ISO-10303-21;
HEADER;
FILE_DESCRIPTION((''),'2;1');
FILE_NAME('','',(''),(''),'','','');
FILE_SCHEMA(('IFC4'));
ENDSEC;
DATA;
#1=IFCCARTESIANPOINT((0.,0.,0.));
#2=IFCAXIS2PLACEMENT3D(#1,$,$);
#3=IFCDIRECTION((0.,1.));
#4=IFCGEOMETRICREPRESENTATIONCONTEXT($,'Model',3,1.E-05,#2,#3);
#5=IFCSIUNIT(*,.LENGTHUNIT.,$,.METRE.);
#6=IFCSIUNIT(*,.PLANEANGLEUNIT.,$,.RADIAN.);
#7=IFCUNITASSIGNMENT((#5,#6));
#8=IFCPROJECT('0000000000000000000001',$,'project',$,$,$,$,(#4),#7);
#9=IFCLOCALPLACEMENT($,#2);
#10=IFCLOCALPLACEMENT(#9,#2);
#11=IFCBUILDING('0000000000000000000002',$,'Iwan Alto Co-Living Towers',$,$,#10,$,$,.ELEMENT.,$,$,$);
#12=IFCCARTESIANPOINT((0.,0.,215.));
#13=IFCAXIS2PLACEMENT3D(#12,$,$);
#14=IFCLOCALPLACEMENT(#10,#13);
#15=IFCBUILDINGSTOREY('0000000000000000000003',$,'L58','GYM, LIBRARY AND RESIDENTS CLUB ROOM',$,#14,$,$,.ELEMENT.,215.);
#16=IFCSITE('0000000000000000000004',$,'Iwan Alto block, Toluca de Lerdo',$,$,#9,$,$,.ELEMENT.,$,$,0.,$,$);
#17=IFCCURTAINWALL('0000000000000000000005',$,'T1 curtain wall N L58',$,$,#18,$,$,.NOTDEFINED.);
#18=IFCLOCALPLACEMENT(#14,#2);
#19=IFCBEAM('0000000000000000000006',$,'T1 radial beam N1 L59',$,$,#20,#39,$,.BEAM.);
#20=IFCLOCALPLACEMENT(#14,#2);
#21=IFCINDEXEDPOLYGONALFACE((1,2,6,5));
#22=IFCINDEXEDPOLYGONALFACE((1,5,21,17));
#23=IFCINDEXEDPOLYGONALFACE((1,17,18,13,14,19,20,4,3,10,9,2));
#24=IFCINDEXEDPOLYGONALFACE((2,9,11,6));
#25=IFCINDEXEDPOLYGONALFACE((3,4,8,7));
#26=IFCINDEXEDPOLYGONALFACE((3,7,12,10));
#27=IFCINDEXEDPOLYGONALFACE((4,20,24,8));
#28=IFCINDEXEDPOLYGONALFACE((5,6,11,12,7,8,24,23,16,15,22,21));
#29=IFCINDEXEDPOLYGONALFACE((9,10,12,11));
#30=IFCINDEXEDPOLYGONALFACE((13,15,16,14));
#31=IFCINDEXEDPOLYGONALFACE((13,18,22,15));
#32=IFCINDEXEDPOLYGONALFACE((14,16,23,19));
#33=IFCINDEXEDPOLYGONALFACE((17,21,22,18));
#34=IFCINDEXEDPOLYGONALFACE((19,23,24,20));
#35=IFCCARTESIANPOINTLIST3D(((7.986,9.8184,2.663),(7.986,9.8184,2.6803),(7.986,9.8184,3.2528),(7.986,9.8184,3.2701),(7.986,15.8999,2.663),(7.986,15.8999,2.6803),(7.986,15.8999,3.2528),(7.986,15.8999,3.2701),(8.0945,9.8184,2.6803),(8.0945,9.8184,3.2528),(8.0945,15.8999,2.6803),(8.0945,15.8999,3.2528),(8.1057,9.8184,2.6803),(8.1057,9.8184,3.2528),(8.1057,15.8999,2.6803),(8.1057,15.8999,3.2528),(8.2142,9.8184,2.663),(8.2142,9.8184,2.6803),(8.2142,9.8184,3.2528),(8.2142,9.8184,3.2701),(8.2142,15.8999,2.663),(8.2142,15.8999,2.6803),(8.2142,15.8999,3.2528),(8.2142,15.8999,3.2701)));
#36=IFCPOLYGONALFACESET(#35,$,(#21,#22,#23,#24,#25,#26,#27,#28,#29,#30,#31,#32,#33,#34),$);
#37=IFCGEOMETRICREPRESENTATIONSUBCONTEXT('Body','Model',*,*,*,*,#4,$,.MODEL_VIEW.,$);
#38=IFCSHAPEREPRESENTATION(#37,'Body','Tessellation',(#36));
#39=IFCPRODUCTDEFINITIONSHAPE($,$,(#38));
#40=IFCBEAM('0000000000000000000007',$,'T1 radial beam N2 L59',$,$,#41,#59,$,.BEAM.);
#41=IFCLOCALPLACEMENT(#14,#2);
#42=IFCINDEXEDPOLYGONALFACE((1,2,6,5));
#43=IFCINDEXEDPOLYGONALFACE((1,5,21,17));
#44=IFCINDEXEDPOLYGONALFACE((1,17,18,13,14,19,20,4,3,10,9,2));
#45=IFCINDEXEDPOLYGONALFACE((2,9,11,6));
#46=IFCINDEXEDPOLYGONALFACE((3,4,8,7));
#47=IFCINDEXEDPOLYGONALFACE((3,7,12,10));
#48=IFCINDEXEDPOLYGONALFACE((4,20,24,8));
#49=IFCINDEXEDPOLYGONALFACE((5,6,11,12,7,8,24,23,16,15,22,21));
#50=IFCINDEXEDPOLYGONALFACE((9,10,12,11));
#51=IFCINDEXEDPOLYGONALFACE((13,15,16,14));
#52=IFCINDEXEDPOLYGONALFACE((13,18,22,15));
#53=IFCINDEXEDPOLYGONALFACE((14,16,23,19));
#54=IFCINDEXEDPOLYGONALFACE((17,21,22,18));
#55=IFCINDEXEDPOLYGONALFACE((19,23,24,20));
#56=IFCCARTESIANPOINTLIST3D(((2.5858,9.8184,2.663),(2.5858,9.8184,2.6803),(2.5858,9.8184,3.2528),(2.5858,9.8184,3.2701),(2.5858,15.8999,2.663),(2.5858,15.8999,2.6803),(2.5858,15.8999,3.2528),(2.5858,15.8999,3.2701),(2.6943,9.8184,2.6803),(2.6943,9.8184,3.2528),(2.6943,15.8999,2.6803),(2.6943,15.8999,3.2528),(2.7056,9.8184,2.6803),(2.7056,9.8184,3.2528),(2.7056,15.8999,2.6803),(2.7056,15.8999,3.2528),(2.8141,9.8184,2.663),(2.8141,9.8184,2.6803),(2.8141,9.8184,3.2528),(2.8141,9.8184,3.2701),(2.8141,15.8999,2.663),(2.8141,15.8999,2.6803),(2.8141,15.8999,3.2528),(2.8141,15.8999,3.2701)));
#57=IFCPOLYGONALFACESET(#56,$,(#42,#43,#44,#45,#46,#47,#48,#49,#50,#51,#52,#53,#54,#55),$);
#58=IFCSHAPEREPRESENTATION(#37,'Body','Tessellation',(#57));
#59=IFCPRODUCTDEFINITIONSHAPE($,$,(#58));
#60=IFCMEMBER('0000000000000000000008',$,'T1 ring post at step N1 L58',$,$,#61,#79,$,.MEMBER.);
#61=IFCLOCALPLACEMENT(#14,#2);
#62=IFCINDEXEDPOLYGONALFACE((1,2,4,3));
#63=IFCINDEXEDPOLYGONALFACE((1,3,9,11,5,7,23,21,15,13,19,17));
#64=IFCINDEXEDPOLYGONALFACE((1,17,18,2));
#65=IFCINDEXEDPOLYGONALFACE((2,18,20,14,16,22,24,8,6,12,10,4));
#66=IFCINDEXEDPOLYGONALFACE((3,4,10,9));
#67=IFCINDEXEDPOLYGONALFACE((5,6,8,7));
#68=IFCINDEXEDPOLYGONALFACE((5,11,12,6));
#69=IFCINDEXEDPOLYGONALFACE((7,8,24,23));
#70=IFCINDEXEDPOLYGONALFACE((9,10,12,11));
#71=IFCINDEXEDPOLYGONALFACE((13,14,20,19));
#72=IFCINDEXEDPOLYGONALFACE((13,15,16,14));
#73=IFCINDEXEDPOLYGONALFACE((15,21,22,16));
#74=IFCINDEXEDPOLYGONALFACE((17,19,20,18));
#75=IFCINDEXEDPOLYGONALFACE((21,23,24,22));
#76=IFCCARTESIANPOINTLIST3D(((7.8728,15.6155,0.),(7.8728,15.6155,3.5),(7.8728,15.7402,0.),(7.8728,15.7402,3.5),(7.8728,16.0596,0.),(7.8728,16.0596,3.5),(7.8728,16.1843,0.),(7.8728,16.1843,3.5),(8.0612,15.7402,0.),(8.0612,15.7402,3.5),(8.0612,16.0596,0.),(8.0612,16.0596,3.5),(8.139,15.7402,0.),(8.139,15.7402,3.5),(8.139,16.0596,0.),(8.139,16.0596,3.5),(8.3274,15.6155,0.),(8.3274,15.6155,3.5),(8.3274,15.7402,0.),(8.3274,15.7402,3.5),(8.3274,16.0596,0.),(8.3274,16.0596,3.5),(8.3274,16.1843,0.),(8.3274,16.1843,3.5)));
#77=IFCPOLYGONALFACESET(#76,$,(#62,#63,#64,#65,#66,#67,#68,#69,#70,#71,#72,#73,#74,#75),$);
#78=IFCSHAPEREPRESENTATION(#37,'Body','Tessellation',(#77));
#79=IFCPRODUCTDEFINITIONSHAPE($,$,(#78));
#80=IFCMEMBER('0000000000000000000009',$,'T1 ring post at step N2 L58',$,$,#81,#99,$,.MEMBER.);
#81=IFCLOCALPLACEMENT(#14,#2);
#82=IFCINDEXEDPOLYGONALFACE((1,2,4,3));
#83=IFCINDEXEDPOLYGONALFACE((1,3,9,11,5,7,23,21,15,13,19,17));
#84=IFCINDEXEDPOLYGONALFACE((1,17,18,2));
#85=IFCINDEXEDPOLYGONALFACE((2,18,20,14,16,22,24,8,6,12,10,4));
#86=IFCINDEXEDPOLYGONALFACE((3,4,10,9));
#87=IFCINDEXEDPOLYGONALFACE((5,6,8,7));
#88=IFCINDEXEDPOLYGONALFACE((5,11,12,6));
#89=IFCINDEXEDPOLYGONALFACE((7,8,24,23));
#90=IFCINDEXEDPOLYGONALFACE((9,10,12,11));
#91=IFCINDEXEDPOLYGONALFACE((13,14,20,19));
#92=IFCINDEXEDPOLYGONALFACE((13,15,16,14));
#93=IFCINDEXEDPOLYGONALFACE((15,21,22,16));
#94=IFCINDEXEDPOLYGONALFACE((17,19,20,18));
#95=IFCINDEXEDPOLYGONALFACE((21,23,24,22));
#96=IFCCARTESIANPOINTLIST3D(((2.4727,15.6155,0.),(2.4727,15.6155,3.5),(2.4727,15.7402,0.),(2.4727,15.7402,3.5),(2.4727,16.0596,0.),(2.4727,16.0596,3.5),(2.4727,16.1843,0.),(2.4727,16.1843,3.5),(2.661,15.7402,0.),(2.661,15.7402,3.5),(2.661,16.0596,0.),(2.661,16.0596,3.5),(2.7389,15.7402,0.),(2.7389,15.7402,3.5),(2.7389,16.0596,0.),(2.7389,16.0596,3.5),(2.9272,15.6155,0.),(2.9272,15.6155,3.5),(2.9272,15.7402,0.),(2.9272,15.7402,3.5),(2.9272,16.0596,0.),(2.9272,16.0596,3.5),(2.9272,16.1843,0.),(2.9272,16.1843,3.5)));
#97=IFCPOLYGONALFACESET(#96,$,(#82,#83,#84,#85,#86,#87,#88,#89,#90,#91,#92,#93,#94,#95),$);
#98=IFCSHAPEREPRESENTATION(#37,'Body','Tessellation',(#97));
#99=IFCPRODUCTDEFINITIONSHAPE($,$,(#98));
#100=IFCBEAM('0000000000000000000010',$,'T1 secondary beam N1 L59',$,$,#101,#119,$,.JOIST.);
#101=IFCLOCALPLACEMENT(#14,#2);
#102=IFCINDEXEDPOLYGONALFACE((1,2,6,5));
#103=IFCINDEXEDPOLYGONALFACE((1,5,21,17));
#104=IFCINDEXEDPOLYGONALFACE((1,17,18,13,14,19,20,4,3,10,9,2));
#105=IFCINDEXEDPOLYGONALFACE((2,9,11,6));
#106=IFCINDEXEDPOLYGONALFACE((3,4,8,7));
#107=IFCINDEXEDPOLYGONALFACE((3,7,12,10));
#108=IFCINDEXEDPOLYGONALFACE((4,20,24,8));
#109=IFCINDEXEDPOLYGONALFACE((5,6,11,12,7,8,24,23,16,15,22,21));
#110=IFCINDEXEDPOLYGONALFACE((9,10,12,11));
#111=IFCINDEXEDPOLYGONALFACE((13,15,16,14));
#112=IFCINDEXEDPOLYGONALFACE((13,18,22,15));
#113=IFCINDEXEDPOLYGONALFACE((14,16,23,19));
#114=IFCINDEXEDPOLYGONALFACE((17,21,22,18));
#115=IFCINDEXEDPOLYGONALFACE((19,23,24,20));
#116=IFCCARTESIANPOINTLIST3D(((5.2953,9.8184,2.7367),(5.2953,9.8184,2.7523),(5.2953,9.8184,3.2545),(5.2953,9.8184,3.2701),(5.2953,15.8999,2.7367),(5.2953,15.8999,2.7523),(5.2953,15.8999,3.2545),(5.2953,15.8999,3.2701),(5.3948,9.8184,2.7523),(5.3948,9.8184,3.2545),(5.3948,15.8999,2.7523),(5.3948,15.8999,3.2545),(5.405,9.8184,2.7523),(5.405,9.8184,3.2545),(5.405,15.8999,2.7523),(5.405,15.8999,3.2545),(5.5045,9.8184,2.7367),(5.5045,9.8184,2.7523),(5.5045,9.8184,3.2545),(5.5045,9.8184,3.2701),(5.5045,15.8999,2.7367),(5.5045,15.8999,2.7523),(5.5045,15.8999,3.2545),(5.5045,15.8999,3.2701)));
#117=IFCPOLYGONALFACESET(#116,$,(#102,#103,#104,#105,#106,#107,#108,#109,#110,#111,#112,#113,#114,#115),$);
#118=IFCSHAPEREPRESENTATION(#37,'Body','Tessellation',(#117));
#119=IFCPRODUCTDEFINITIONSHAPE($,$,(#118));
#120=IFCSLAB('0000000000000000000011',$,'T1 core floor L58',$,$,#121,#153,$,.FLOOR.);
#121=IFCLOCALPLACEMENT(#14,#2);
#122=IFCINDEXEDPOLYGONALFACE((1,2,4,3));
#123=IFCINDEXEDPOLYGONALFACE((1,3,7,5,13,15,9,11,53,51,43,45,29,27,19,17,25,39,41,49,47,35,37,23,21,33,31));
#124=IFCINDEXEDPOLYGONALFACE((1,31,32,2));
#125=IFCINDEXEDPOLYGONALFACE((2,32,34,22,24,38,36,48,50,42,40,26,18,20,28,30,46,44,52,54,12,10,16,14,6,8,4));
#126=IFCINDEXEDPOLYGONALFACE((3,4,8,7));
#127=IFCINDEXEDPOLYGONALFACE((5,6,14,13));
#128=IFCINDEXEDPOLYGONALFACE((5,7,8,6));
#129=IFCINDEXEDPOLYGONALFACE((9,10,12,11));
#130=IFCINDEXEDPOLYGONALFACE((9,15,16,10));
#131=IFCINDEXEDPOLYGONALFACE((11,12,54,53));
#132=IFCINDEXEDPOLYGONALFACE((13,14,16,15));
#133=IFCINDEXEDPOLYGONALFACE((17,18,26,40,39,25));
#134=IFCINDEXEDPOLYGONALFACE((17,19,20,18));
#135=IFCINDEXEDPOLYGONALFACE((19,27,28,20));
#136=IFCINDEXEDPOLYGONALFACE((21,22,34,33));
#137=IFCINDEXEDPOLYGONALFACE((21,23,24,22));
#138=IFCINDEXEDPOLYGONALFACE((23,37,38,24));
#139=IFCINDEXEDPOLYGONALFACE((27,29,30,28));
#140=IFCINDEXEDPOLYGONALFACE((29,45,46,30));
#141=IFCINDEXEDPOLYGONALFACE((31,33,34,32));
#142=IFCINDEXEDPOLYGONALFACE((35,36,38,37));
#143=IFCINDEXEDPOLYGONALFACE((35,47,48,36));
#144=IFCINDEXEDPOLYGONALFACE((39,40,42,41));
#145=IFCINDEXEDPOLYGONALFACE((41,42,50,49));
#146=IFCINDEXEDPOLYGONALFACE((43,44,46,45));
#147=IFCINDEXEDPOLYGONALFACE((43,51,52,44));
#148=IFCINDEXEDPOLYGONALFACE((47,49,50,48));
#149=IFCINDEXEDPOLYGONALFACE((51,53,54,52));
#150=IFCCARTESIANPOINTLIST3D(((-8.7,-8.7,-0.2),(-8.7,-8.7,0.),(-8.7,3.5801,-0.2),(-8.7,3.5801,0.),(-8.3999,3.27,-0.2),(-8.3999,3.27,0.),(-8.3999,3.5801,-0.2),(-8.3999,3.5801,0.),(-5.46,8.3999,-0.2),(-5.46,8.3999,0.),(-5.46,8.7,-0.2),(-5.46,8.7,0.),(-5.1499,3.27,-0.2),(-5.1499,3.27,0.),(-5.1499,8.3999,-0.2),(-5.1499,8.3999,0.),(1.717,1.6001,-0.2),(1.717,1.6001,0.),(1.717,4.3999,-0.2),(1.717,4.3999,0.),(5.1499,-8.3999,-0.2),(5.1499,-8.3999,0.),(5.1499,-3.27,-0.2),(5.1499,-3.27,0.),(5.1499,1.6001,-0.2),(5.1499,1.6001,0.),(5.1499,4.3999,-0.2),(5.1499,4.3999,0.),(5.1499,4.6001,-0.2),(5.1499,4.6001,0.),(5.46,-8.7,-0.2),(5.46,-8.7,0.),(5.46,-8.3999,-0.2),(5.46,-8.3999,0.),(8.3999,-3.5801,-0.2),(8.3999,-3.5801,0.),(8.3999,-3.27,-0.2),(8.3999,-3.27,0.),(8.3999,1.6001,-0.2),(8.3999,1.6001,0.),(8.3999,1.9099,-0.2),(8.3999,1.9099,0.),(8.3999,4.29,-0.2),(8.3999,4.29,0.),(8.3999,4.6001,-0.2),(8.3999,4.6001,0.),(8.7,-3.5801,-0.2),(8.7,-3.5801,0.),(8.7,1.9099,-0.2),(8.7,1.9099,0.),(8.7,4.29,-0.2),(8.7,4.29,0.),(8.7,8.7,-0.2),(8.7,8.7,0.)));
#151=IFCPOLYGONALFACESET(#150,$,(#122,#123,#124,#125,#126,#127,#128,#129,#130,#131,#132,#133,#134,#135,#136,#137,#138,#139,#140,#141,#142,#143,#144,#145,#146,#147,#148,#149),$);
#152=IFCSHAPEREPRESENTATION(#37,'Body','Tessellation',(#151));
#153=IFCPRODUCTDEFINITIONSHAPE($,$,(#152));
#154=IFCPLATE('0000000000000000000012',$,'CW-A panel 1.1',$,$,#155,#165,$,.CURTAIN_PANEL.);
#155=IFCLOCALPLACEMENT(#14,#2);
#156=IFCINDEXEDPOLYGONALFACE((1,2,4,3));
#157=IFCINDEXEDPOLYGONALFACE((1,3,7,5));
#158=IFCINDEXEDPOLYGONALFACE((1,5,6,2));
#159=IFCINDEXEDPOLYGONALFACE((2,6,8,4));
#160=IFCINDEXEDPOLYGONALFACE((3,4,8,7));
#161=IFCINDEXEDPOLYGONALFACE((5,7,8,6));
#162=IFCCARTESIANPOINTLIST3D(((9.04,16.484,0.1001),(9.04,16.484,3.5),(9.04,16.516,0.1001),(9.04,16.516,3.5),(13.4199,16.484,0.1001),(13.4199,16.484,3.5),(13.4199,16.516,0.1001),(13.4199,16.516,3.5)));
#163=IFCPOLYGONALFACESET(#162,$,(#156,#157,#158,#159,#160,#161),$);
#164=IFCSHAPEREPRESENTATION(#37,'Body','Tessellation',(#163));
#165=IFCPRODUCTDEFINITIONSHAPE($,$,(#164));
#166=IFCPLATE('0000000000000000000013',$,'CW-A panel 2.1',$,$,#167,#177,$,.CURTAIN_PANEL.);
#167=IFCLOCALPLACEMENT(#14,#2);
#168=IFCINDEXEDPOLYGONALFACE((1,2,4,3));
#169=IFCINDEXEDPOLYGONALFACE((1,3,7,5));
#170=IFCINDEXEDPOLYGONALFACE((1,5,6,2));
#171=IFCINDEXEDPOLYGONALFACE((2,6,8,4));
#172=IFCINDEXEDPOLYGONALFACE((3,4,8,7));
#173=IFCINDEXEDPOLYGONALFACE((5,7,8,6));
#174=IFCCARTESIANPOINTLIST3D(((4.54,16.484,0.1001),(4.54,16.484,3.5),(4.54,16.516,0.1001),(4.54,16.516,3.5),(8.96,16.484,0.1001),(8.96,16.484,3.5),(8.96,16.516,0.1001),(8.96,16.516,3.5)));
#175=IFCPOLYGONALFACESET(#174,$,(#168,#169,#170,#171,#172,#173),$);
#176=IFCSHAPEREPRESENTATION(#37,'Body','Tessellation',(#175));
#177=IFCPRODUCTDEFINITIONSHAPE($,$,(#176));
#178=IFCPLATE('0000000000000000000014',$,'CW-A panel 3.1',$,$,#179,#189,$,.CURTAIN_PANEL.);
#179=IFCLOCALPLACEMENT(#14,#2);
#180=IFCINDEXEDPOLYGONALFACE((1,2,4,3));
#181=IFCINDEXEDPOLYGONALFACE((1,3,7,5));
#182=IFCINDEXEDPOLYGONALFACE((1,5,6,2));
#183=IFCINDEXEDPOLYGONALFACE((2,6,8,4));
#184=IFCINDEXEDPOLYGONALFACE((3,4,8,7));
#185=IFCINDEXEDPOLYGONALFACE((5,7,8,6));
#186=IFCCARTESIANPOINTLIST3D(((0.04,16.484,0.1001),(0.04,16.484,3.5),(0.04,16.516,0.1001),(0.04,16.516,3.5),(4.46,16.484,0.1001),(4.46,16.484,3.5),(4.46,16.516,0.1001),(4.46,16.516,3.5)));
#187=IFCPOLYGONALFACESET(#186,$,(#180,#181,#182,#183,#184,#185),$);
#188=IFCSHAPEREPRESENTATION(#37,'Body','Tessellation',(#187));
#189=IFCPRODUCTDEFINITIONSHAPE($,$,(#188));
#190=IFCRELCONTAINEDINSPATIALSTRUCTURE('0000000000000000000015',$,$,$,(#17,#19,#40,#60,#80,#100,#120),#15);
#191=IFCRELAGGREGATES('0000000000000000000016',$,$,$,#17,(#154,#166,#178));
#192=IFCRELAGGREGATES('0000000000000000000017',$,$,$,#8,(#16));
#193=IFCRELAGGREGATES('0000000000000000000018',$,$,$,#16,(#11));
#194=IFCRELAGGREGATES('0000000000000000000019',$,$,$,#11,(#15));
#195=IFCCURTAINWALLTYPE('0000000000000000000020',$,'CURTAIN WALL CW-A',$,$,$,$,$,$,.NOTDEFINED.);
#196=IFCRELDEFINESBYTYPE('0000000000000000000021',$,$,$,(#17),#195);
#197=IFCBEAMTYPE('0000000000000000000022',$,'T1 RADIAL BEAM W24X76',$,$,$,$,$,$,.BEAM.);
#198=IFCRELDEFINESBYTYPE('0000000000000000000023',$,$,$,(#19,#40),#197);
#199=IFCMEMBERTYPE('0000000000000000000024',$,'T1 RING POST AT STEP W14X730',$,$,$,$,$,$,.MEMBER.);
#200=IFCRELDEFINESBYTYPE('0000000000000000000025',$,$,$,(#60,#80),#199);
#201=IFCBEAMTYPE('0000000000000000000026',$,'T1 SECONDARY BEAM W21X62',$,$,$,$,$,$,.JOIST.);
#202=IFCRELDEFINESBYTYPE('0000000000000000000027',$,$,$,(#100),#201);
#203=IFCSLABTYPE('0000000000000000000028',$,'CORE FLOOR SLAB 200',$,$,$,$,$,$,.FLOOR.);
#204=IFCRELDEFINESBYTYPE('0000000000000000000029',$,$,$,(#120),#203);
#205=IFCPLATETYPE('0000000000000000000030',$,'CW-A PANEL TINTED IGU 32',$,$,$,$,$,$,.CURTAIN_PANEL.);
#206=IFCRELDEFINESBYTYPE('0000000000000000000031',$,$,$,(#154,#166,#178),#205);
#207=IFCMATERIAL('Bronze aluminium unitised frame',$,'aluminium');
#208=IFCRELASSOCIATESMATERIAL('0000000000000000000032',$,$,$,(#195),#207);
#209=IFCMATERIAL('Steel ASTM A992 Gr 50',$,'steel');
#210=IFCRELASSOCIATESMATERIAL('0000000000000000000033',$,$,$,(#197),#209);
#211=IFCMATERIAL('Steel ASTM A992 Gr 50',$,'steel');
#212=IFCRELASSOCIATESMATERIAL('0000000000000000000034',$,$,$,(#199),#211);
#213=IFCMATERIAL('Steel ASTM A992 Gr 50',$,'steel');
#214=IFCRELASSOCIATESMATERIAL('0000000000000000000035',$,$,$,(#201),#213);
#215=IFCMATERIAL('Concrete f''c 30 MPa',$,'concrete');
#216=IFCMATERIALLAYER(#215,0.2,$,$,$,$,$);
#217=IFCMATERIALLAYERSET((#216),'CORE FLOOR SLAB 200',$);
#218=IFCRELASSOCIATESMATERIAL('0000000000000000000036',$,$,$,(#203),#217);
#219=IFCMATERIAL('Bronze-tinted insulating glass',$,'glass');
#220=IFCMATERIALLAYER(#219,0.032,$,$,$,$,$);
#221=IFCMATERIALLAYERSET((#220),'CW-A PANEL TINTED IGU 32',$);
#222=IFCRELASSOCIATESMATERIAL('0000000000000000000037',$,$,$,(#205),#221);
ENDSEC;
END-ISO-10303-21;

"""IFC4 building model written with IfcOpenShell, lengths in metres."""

from ifc_helpers import new_model, si_unit, direction, frame, origin, origin_2d, place, context, subcontext, project, spatial, polyline, rectangle, i_section, outline, extrude, material, layer, layer_set, material_profile, profile_set, type_object, element, aggregate, save


model = new_model("IFC4")

# Units and contexts
model_context = context("Model", 3, precision=1e-05, world=origin(), true_north=direction((0.0, 1.0)))
body_context = subcontext(model_context, "Body", "Model", "MODEL_VIEW")
ifc_project = project(units=[si_unit("LENGTHUNIT", "METRE"), si_unit("PLANEANGLEUNIT", "RADIAN")], contexts=[model_context])

# Site, building, storey
site_placement = place(None, origin())
site = spatial("IfcSite", under=ifc_project, at=site_placement, Name="Iwan Alto block, Toluca de Lerdo", CompositionType="ELEMENT", RefElevation=0.0)
building_placement = place(site_placement, origin())
building = spatial("IfcBuilding", under=site, at=building_placement, Name="Iwan Alto Co-Living Towers", CompositionType="ELEMENT")
storey_placement = place(building_placement, frame((0.0, 0.0, 215.0)))
storey = spatial("IfcBuildingStorey", under=building, at=storey_placement, Name="L58", Description="GYM, LIBRARY AND RESIDENTS CLUB ROOM", CompositionType="ELEMENT", Elevation=215.0)

# Curtain wall
ifc_material_1 = material(Name="Bronze aluminium unitised frame", Category="aluminium")
curtain_wall_type_1 = type_object("IfcCurtainWallType", Name="CURTAIN WALL CW-A", PredefinedType="NOTDEFINED", material=ifc_material_1)
curtain_wall_1_placement = place(storey_placement, origin())
curtain_wall_1 = element("IfcCurtainWall", 1, at=curtain_wall_1_placement, inside=storey, type_object=curtain_wall_type_1, Name="T1 curtain wall N L58", PredefinedType="NOTDEFINED")

# Beams
ifc_material_2 = material(Name="Steel ASTM A992 Gr 50", Category="steel")
ifc_material_profile_1 = material_profile(ifc_material_2, i_section(OverallWidth=0.2283, OverallDepth=0.6072, WebThickness=0.0112, FlangeThickness=0.0173, at=origin_2d()), Name="W24X76")
ifc_profile_set_1 = profile_set([ifc_material_profile_1], Name="Steel ASTM A992 Gr 50")
beam_type_1 = type_object("IfcBeamType", Name="T1 RADIAL BEAM W24X76", PredefinedType="BEAM", material=ifc_profile_set_1)
for number, where, z_axis, x_axis, name in (
    (2, (8.1001, 15.8999, 2.9666), (0.0, -1.0, 0.0), (1.0, 0.0, 0.0), "T1 radial beam N1 L59"),
    (3, (2.7, 15.8999, 2.9666), (0.0, -1.0, 0.0), (1.0, 0.0, 0.0), "T1 radial beam N2 L59"),
):
    element("IfcBeam", number, at=place(storey_placement, frame(where, z_axis=z_axis, x_axis=x_axis)), inside=storey, type_object=beam_type_1, Name=name, PredefinedType="BEAM", context=body_context, shape_type="SweptSolid", body=[
        extrude(i_section(OverallWidth=0.2283, OverallDepth=0.6072, WebThickness=0.0112, FlangeThickness=0.0173, at=origin_2d()), origin(), (0.0, 0.0, 1.0), 6.0815),
    ])

# Members
ifc_material_3 = material(Name="Steel ASTM A992 Gr 50", Category="steel")
ifc_material_profile_2 = material_profile(ifc_material_3, i_section(OverallWidth=0.4546, OverallDepth=0.5688, WebThickness=0.0779, FlangeThickness=0.1248, at=origin_2d()), Name="W14X730")
ifc_profile_set_2 = profile_set([ifc_material_profile_2], Name="Steel ASTM A992 Gr 50")
member_type_1 = type_object("IfcMemberType", Name="T1 RING POST AT STEP W14X730", PredefinedType="MEMBER", material=ifc_profile_set_2)
for number, where, z_axis, x_axis, name in (
    (4, (8.1001, 15.8999, 0.0), (0.0, 0.0, 1.0), (1.0, 0.0, 0.0), "T1 ring post at step N1 L58"),
    (5, (2.7, 15.8999, 0.0), (0.0, 0.0, 1.0), (1.0, 0.0, 0.0), "T1 ring post at step N2 L58"),
):
    element("IfcMember", number, at=place(storey_placement, frame(where, z_axis=z_axis, x_axis=x_axis)), inside=storey, type_object=member_type_1, Name=name, PredefinedType="MEMBER", context=body_context, shape_type="SweptSolid", body=[
        extrude(i_section(OverallWidth=0.4546, OverallDepth=0.5688, WebThickness=0.0779, FlangeThickness=0.1248, at=origin_2d()), origin(), (0.0, 0.0, 1.0), 3.5),
    ])

# Beam
ifc_material_4 = material(Name="Steel ASTM A992 Gr 50", Category="steel")
ifc_material_profile_3 = material_profile(ifc_material_4, i_section(OverallWidth=0.2092, OverallDepth=0.5334, WebThickness=0.0103, FlangeThickness=0.0156, at=origin_2d()), Name="W21X62")
ifc_profile_set_3 = profile_set([ifc_material_profile_3], Name="Steel ASTM A992 Gr 50")
beam_type_2 = type_object("IfcBeamType", Name="T1 SECONDARY BEAM W21X62", PredefinedType="JOIST", material=ifc_profile_set_3)
beam_1_placement = place(storey_placement, frame((5.3999, 15.8999, 3.0034), z_axis=(0.0, -1.0, 0.0), x_axis=(1.0, 0.0, 0.0)))
element("IfcBeam", 6, at=beam_1_placement, inside=storey, type_object=beam_type_2, Name="T1 secondary beam N1 L59", PredefinedType="JOIST", context=body_context, shape_type="SweptSolid", body=[
    extrude(i_section(OverallWidth=0.2092, OverallDepth=0.5334, WebThickness=0.0103, FlangeThickness=0.0156, at=origin_2d()), origin(), (0.0, 0.0, 1.0), 6.0815),
])

# Slab
ifc_material_5 = material(Name="Concrete f'c 30 MPa", Category="concrete")
ifc_layer_1 = layer(ifc_material_5, 0.2)
ifc_layer_set_1 = layer_set([ifc_layer_1], Name="CORE FLOOR SLAB 200")
slab_type_1 = type_object("IfcSlabType", Name="CORE FLOOR SLAB 200", PredefinedType="FLOOR", material=ifc_layer_set_1)
slab_1_placement = place(storey_placement, frame((0.0, 0.0, -0.2)))
element("IfcSlab", 7, at=slab_1_placement, inside=storey, type_object=slab_type_1, Name="T1 core floor L58", PredefinedType="FLOOR", context=body_context, shape_type="SweptSolid", body=[
    extrude(outline(polyline([(-8.7, 3.5801), (-8.3999, 3.5801), (-8.3999, 3.27), (-5.1499, 3.27), (-5.1499, 8.3999), (-5.46, 8.3999), (-5.46, 8.7), (8.7, 8.7), (8.7, 4.29), (8.3999, 4.29), (8.3999, 4.6001), (5.1499, 4.6001), (5.1499, 4.3999), (1.717, 4.3999), (1.717, 1.6001), (5.1499, 1.6001), (8.3999, 1.6001), (8.3999, 1.9099), (8.7, 1.9099), (8.7, -3.5801), (8.3999, -3.5801), (8.3999, -3.27), (5.1499, -3.27), (5.1499, -8.3999), (5.46, -8.3999), (5.46, -8.7), (-8.7, -8.7), (-8.7, 3.5801)])), origin(), (0.0, 0.0, 1.0), 0.2),
])

# Plates
ifc_material_6 = material(Name="Bronze-tinted insulating glass", Category="glass")
ifc_layer_2 = layer(ifc_material_6, 0.032)
ifc_layer_set_2 = layer_set([ifc_layer_2], Name="CW-A PANEL TINTED IGU 32")
plate_type_1 = type_object("IfcPlateType", Name="CW-A PANEL TINTED IGU 32", PredefinedType="CURTAIN_PANEL", material=ifc_layer_set_2)
plate_1_placement = place(storey_placement, frame((11.23, 16.5, 0.1001), z_axis=(0.0, 0.0, 1.0), x_axis=(-1.0, 0.0, 0.0)))
plate_1 = element("IfcPlate", 8, at=plate_1_placement, type_object=plate_type_1, Name="CW-A panel 1.1", PredefinedType="CURTAIN_PANEL", context=body_context, shape_type="SweptSolid", body=[
    extrude(rectangle(XDim=4.3799, YDim=0.032, at=origin_2d()), origin(), (0.0, 0.0, 1.0), 3.3999),
])
plate_2_placement = place(storey_placement, frame((6.75, 16.5, 0.1001), z_axis=(0.0, 0.0, 1.0), x_axis=(-1.0, 0.0, 0.0)))
plate_2 = element("IfcPlate", 9, at=plate_2_placement, type_object=plate_type_1, Name="CW-A panel 2.1", PredefinedType="CURTAIN_PANEL", context=body_context, shape_type="SweptSolid", body=[
    extrude(rectangle(XDim=4.4199, YDim=0.032, at=origin_2d()), origin(), (0.0, 0.0, 1.0), 3.3999),
])
plate_3_placement = place(storey_placement, frame((2.25, 16.5, 0.1001), z_axis=(0.0, 0.0, 1.0), x_axis=(-1.0, 0.0, 0.0)))
plate_3 = element("IfcPlate", 10, at=plate_3_placement, type_object=plate_type_1, Name="CW-A panel 3.1", PredefinedType="CURTAIN_PANEL", context=body_context, shape_type="SweptSolid", body=[
    extrude(rectangle(XDim=4.4199, YDim=0.032, at=origin_2d()), origin(), (0.0, 0.0, 1.0), 3.3999),
])
aggregate(curtain_wall_1, [plate_1, plate_2, plate_3])

save(model, "model.ifc")
